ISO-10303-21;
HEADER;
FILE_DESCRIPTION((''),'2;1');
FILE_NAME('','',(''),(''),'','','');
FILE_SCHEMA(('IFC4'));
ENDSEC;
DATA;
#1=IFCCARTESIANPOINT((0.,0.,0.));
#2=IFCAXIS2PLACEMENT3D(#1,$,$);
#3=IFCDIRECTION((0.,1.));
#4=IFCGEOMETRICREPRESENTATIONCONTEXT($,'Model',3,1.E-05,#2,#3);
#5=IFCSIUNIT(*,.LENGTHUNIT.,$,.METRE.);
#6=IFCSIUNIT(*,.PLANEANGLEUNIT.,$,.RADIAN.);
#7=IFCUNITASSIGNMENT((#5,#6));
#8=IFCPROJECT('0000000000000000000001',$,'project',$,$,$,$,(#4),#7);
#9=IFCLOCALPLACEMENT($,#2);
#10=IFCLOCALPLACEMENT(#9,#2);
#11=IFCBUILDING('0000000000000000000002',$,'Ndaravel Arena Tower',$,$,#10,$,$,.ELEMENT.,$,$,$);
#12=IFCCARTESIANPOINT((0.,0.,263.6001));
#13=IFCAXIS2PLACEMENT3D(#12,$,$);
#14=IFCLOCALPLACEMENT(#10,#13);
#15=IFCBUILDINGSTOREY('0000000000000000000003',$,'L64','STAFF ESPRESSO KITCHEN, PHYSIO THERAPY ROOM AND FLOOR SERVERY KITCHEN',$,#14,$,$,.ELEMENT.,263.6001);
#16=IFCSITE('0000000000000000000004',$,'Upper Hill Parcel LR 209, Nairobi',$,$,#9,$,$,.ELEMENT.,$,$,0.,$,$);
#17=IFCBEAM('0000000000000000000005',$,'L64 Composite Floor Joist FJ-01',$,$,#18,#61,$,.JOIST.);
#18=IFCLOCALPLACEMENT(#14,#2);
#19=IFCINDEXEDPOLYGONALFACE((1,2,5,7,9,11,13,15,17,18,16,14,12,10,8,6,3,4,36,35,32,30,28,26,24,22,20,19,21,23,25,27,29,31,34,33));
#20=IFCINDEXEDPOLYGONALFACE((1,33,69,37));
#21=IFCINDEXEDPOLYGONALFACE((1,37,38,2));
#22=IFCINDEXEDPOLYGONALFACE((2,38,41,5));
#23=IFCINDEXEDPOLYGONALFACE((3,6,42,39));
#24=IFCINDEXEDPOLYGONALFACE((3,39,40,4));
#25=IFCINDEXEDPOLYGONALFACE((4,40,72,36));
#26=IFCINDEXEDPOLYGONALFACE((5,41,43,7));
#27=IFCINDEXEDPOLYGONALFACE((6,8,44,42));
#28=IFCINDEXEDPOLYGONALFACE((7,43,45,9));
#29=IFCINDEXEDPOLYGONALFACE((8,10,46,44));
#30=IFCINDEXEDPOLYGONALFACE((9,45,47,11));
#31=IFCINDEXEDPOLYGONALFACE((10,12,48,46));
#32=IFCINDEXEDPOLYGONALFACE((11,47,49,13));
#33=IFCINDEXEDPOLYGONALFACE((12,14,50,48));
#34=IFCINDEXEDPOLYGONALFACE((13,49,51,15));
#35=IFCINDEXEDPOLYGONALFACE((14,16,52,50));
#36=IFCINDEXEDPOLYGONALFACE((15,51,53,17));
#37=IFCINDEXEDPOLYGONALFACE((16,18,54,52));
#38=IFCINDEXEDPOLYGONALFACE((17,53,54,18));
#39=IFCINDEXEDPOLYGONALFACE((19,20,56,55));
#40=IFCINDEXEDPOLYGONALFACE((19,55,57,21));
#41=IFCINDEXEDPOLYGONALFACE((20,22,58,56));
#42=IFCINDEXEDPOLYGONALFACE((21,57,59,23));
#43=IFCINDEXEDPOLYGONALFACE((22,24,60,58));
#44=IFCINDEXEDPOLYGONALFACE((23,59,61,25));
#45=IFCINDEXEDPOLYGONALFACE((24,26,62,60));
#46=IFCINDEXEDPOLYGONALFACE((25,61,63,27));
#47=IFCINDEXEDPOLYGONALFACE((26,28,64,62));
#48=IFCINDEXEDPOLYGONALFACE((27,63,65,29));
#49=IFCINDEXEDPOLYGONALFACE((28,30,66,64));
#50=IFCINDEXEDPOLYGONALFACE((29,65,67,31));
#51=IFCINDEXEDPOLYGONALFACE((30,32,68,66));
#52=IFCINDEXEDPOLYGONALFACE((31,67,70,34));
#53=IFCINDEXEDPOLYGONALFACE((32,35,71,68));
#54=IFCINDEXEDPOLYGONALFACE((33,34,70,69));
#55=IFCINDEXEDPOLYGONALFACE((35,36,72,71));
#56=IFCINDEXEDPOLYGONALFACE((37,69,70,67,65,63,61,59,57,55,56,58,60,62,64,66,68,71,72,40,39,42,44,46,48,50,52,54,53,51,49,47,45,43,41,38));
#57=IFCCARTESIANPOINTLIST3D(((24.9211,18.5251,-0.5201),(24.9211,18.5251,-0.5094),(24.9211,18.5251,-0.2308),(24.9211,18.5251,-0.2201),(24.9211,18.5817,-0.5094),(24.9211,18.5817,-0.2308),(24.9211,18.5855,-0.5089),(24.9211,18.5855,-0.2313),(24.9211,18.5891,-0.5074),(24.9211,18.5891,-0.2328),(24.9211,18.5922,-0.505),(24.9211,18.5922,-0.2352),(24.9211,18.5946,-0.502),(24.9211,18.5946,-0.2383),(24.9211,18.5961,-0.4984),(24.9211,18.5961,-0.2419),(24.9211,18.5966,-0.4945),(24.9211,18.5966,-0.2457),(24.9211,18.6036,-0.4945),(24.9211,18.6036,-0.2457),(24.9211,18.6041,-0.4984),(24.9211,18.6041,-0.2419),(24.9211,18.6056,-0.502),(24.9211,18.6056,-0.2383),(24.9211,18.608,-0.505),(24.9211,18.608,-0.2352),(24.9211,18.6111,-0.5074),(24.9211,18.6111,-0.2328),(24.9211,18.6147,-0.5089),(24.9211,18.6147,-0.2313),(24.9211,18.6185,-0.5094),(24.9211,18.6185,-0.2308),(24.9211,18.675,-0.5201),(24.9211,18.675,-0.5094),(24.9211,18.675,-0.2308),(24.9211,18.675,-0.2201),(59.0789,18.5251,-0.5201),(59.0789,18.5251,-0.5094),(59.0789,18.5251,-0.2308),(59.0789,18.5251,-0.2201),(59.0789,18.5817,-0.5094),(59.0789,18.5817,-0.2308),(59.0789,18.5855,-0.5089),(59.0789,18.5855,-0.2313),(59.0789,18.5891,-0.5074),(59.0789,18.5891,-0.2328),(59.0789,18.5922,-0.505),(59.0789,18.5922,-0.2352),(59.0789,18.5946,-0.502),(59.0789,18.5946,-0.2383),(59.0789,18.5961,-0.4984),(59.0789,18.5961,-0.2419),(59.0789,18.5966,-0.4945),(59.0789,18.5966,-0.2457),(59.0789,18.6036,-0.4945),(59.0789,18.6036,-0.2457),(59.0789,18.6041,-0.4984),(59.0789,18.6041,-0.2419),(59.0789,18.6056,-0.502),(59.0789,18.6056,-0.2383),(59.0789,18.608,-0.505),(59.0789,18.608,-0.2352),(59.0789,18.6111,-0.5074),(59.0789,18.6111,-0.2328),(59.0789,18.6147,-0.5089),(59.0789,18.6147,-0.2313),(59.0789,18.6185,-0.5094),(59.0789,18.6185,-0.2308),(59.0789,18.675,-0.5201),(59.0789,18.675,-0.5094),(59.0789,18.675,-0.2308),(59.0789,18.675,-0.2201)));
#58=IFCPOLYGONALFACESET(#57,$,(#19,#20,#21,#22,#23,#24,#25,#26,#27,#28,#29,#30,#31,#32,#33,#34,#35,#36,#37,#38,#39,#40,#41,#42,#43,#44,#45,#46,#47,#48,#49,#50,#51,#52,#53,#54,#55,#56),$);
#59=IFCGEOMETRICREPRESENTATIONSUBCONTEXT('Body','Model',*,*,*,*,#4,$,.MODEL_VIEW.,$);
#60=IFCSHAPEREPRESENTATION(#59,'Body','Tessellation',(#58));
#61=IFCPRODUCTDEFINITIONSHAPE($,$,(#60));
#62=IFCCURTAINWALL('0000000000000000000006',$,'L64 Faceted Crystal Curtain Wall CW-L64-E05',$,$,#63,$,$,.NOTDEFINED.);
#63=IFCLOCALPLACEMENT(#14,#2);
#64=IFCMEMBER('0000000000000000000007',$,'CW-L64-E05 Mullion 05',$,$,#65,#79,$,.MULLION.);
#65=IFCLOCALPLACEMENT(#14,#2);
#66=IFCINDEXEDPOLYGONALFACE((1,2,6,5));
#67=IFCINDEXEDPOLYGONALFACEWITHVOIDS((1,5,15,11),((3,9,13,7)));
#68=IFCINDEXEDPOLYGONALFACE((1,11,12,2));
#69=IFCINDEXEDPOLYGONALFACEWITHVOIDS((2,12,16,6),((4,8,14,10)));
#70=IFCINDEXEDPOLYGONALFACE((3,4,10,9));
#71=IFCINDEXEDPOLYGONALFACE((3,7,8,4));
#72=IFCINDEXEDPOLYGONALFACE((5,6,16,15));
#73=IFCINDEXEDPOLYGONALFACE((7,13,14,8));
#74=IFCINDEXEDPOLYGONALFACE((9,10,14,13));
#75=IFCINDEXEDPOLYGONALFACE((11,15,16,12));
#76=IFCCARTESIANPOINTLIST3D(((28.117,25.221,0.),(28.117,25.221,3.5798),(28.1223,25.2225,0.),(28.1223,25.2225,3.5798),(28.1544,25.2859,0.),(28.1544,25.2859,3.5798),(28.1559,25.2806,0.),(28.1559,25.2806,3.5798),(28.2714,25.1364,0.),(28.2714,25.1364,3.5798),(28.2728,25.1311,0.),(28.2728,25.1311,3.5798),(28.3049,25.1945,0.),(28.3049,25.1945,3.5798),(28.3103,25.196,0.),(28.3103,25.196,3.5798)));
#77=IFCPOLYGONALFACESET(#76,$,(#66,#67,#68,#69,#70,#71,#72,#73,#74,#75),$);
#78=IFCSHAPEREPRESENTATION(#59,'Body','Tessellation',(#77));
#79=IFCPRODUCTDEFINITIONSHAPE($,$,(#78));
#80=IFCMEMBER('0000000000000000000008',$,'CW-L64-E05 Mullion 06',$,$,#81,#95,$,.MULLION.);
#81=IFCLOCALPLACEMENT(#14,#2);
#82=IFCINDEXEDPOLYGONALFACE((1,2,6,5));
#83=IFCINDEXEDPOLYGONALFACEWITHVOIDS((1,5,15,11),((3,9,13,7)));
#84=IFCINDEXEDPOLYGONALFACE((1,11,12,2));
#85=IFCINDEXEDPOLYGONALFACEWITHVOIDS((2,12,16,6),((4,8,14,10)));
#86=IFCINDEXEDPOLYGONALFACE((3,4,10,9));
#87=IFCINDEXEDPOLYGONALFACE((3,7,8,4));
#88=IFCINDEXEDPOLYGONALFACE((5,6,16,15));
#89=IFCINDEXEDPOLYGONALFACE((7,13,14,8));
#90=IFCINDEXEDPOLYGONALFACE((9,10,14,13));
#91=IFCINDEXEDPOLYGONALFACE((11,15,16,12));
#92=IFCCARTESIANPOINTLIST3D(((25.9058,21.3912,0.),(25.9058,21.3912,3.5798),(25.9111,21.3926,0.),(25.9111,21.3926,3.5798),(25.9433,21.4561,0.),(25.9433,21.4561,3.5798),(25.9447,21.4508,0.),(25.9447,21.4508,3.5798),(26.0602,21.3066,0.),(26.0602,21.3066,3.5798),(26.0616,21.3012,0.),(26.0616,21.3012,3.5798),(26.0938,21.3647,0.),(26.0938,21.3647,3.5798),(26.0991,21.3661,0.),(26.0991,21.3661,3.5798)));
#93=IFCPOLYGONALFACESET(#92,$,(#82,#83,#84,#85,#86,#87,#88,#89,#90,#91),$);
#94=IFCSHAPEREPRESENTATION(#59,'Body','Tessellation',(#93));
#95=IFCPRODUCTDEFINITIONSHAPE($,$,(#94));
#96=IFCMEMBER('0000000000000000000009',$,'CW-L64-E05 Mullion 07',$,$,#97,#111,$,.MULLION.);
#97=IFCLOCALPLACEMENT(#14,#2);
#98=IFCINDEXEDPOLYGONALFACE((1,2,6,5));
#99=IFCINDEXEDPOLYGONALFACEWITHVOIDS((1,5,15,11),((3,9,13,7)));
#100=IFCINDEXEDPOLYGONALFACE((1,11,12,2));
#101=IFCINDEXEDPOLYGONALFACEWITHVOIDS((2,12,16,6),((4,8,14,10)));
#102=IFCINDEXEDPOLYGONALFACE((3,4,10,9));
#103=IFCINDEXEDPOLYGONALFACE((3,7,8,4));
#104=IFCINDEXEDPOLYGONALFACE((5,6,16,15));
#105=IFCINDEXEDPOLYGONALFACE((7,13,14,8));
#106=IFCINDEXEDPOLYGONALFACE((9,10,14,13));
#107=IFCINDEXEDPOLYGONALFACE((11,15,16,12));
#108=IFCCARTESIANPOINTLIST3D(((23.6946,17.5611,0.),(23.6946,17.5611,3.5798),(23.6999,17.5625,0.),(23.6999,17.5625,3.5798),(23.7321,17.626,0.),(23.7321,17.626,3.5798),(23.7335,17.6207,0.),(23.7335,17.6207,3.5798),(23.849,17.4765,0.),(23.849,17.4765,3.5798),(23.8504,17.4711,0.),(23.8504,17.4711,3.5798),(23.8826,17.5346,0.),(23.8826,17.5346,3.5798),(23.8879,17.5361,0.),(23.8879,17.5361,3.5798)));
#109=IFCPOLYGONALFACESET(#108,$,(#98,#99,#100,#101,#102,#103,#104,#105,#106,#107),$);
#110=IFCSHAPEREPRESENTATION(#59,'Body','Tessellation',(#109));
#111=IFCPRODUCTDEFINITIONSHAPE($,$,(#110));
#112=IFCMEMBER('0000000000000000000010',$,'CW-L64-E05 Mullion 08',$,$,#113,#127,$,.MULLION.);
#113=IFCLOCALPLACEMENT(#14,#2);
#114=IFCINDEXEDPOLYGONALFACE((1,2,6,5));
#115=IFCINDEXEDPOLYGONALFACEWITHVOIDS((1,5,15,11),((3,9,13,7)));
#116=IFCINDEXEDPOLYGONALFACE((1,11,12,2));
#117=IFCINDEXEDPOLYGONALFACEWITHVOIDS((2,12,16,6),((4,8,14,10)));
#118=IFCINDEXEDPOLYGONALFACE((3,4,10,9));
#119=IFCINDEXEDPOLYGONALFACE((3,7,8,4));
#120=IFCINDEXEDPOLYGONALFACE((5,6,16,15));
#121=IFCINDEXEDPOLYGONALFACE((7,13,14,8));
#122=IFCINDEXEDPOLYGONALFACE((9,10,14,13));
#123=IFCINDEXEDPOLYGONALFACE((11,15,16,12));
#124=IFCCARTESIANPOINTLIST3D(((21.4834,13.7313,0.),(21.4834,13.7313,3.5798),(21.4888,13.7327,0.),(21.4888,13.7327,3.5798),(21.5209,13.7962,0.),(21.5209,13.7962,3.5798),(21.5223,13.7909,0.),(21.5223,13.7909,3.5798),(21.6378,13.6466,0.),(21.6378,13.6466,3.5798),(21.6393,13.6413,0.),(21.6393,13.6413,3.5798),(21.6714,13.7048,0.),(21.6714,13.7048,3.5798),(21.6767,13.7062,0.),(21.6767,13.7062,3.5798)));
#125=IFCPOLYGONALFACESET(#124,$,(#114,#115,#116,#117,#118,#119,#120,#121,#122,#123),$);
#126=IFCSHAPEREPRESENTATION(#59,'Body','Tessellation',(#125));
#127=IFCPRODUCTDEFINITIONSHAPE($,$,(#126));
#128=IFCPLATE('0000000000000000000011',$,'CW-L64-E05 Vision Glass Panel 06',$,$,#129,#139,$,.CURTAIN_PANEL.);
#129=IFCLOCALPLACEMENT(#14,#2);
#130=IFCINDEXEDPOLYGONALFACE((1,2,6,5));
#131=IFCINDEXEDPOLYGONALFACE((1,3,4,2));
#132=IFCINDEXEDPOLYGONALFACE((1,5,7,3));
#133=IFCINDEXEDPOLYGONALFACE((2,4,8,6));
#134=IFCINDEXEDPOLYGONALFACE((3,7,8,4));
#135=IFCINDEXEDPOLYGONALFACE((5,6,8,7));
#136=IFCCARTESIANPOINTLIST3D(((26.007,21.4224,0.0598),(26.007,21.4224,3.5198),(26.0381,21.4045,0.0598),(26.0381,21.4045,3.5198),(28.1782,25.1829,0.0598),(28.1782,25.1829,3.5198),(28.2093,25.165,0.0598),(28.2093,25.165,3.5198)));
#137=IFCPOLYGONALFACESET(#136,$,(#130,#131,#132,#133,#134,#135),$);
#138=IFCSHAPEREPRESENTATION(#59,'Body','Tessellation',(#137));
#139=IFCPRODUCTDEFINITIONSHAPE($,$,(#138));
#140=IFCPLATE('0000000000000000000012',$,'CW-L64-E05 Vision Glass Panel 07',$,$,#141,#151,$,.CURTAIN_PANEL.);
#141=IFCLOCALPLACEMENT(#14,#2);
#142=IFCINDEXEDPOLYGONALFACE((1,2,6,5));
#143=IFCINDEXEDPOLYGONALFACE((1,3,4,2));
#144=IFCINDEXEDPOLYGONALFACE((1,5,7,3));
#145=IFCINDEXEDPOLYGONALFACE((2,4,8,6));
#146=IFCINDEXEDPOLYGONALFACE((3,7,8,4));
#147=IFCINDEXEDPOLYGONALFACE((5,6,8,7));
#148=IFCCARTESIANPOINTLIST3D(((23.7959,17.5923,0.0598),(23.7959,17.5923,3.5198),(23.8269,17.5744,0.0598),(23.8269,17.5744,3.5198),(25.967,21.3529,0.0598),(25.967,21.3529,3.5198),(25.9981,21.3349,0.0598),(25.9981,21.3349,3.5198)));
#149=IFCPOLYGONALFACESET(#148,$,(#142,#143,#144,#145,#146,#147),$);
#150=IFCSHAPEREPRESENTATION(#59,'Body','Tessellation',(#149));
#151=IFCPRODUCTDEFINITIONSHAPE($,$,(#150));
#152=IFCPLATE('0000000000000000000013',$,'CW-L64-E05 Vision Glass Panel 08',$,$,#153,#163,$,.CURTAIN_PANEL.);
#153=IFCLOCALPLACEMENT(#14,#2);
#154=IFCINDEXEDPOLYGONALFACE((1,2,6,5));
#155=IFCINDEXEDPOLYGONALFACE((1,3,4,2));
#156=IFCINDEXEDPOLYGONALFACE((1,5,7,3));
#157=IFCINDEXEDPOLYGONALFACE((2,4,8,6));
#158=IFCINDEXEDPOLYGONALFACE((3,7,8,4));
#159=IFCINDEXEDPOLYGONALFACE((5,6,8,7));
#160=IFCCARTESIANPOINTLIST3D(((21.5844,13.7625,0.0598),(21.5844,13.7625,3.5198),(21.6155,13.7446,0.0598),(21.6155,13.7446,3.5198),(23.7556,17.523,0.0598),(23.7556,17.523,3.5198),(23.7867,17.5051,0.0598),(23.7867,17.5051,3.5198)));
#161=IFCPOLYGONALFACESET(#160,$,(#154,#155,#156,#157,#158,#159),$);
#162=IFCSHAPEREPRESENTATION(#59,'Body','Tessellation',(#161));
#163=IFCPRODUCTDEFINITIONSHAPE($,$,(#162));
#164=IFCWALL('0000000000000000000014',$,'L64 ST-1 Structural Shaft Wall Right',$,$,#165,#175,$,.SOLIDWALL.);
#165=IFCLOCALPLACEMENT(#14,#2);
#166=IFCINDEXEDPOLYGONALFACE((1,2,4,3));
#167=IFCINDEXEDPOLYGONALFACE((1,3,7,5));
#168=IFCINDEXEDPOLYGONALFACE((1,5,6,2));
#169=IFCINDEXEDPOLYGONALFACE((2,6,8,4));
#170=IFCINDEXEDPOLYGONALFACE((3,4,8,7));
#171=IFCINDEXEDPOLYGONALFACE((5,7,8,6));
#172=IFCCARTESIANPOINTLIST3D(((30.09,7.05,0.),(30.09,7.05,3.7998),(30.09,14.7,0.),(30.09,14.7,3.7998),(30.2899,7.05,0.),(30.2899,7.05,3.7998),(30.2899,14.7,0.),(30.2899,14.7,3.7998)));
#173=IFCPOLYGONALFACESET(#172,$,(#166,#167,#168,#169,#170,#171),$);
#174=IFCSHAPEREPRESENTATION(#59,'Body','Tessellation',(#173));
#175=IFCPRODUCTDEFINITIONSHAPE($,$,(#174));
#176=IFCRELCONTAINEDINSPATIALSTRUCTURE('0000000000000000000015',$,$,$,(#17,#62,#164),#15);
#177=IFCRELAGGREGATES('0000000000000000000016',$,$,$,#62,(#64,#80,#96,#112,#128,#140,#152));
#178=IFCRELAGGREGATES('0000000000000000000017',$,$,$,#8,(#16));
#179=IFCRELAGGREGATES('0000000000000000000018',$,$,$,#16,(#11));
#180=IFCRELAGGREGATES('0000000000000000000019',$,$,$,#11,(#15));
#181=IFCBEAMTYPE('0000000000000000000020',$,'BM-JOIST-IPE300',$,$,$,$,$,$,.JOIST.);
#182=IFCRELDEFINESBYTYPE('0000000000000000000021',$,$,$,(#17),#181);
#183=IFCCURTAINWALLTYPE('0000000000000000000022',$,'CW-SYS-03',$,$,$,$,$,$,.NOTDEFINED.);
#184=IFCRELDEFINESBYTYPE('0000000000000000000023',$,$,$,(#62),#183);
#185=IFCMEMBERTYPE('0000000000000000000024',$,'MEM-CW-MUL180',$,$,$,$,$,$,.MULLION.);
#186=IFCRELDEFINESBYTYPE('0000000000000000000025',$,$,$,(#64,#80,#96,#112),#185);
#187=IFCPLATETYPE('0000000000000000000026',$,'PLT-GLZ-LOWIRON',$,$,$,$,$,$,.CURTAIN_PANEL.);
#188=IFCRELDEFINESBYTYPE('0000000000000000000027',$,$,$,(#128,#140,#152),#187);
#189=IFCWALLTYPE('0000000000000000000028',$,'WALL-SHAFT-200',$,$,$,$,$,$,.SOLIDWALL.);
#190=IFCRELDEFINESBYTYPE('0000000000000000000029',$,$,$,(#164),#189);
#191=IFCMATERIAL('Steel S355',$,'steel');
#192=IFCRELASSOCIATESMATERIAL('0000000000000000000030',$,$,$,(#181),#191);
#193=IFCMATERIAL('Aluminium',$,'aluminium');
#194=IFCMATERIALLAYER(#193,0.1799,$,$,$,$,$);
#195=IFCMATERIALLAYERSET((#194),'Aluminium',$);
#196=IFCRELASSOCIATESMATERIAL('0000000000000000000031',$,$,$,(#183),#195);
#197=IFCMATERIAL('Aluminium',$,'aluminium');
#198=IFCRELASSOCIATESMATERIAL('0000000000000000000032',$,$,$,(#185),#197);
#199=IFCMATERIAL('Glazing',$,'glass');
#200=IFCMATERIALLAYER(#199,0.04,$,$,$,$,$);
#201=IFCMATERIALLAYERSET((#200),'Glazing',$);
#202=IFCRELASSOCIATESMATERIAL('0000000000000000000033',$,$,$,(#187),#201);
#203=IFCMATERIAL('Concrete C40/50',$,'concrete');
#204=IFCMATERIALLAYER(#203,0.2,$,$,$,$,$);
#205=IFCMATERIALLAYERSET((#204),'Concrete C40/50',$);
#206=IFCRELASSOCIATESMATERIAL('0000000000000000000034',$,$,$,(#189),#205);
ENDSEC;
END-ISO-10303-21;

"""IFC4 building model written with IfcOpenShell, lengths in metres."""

from ifc_helpers import new_model, si_unit, direction, frame, frame_2d, origin, origin_2d, place, context, subcontext, project, spatial, rectangle, hollow_rectangle, i_section, extrude, material, layer, layer_set, material_profile, profile_set, type_object, element, aggregate, save


model = new_model("IFC4")

# Units and contexts
model_context = context("Model", 3, precision=1e-05, world=origin(), true_north=direction((0.0, 1.0)))
body_context = subcontext(model_context, "Body", "Model", "MODEL_VIEW")
ifc_project = project(units=[si_unit("LENGTHUNIT", "METRE"), si_unit("PLANEANGLEUNIT", "RADIAN")], contexts=[model_context])

# Site, building, storey
site_placement = place(None, origin())
site = spatial("IfcSite", under=ifc_project, at=site_placement, Name="Upper Hill Parcel LR 209, Nairobi", CompositionType="ELEMENT", RefElevation=0.0)
building_placement = place(site_placement, origin())
building = spatial("IfcBuilding", under=site, at=building_placement, Name="Ndaravel Arena Tower", CompositionType="ELEMENT")
storey_placement = place(building_placement, frame((0.0, 0.0, 263.6001)))
storey = spatial("IfcBuildingStorey", under=building, at=storey_placement, Name="L64", Description="STAFF ESPRESSO KITCHEN, PHYSIO THERAPY ROOM AND FLOOR SERVERY KITCHEN", CompositionType="ELEMENT", Elevation=263.6001)

# Beam
ifc_material_1 = material(Name="Steel S355", Category="steel")
ifc_material_profile_1 = material_profile(ifc_material_1, i_section(OverallWidth=0.1499, OverallDepth=0.3, WebThickness=0.0071, FlangeThickness=0.0107, FilletRadius=0.0149, at=origin_2d()), Name="IPE 300")
ifc_profile_set_1 = profile_set([ifc_material_profile_1], Name="Steel S355")
beam_type = type_object("IfcBeamType", Name="BM-JOIST-IPE300", PredefinedType="JOIST", material=ifc_profile_set_1)
beam_placement = place(storey_placement, frame((24.9211, 18.6001, -0.3701), z_axis=(1.0, 0.0, 0.0), x_axis=(0.0, 1.0, 0.0)))
element("IfcBeam", 1, at=beam_placement, inside=storey, type_object=beam_type, Name="L64 Composite Floor Joist FJ-01", PredefinedType="JOIST", context=body_context, shape_type="SweptSolid", body=[
    extrude(i_section(OverallWidth=0.1499, OverallDepth=0.3, WebThickness=0.0071, FlangeThickness=0.0107, FilletRadius=0.0149, at=origin_2d()), origin(), (0.0, 0.0, 1.0), 34.1577),
])

# Curtain wall, members, plates
ifc_material_2 = material(Name="Aluminium", Category="aluminium")
ifc_layer_1 = layer(ifc_material_2, 0.1799)
ifc_layer_set_1 = layer_set([ifc_layer_1], Name="Aluminium")
curtain_wall_type = type_object("IfcCurtainWallType", Name="CW-SYS-03", PredefinedType="NOTDEFINED", material=ifc_layer_set_1)
curtain_wall_placement = place(storey_placement, origin())
curtain_wall = element("IfcCurtainWall", 2, at=curtain_wall_placement, inside=storey, type_object=curtain_wall_type, Name="L64 Faceted Crystal Curtain Wall CW-L64-E05", PredefinedType="NOTDEFINED")
ifc_material_3 = material(Name="Aluminium", Category="aluminium")
ifc_material_profile_2 = material_profile(ifc_material_3, hollow_rectangle(XDim=0.075, YDim=0.1799, WallThickness=0.0039, at=origin_2d()), Name="CW MULLION 75x180x4")
ifc_profile_set_2 = profile_set([ifc_material_profile_2], Name="Aluminium")
member_type = type_object("IfcMemberType", Name="MEM-CW-MUL180", PredefinedType="MULLION", material=ifc_profile_set_2)
member_1_placement = place(storey_placement, frame((28.2136, 25.2085, 0.0), z_axis=(0.0, 0.0, 1.0), x_axis=(-0.5, -0.866025, 0.0)))
member_1 = element("IfcMember", 3, at=member_1_placement, type_object=member_type, Name="CW-L64-E05 Mullion 05", PredefinedType="MULLION", context=body_context, shape_type="SweptSolid", body=[
    extrude(hollow_rectangle(XDim=0.075, YDim=0.1799, WallThickness=0.0039, at=origin_2d()), origin(), (0.0, 0.0, 1.0), 3.5798),
])
member_2_placement = place(storey_placement, frame((26.0024, 21.3787, 0.0), z_axis=(0.0, 0.0, 1.0), x_axis=(-0.5, -0.866025, 0.0)))
member_2 = element("IfcMember", 4, at=member_2_placement, type_object=member_type, Name="CW-L64-E05 Mullion 06", PredefinedType="MULLION", context=body_context, shape_type="SweptSolid", body=[
    extrude(hollow_rectangle(XDim=0.075, YDim=0.1799, WallThickness=0.0039, at=origin_2d()), origin(), (0.0, 0.0, 1.0), 3.5798),
])
member_3_placement = place(storey_placement, frame((23.7913, 17.5486, 0.0), z_axis=(0.0, 0.0, 1.0), x_axis=(-0.5, -0.866025, 0.0)))
member_3 = element("IfcMember", 5, at=member_3_placement, type_object=member_type, Name="CW-L64-E05 Mullion 07", PredefinedType="MULLION", context=body_context, shape_type="SweptSolid", body=[
    extrude(hollow_rectangle(XDim=0.075, YDim=0.1799, WallThickness=0.0039, at=origin_2d()), origin(), (0.0, 0.0, 1.0), 3.5798),
])
member_4_placement = place(storey_placement, frame((21.5801, 13.7188, 0.0), z_axis=(0.0, 0.0, 1.0), x_axis=(-0.5, -0.866025, 0.0)))
member_4 = element("IfcMember", 6, at=member_4_placement, type_object=member_type, Name="CW-L64-E05 Mullion 08", PredefinedType="MULLION", context=body_context, shape_type="SweptSolid", body=[
    extrude(hollow_rectangle(XDim=0.075, YDim=0.1799, WallThickness=0.0039, at=origin_2d()), origin(), (0.0, 0.0, 1.0), 3.5798),
])
ifc_material_4 = material(Name="Glazing", Category="glass")
ifc_layer_2 = layer(ifc_material_4, 0.04)
ifc_layer_set_2 = layer_set([ifc_layer_2], Name="Glazing")
plate_type = type_object("IfcPlateType", Name="PLT-GLZ-LOWIRON", PredefinedType="CURTAIN_PANEL", material=ifc_layer_set_2)
plate_1_placement = place(storey_placement, frame((27.1082, 23.2937, 0.0598), z_axis=(0.0, 0.0, 1.0), x_axis=(-0.5, -0.866025, 0.0)))
plate_1 = element("IfcPlate", 7, at=plate_1_placement, type_object=plate_type, Name="CW-L64-E05 Vision Glass Panel 06", PredefinedType="CURTAIN_PANEL", context=body_context, shape_type="SweptSolid", body=[
    extrude(rectangle(XDim=4.3423, YDim=0.0359, at=origin_2d()), origin(), (0.0, 0.0, 1.0), 3.46),
])
plate_2_placement = place(storey_placement, frame((24.897, 19.4636, 0.0598), z_axis=(0.0, 0.0, 1.0), x_axis=(-0.5, -0.866025, 0.0)))
plate_2 = element("IfcPlate", 8, at=plate_2_placement, type_object=plate_type, Name="CW-L64-E05 Vision Glass Panel 07", PredefinedType="CURTAIN_PANEL", context=body_context, shape_type="SweptSolid", body=[
    extrude(rectangle(XDim=4.3423, YDim=0.0359, at=origin_2d()), origin(), (0.0, 0.0, 1.0), 3.46),
])
plate_3_placement = place(storey_placement, frame((22.6855, 15.6338, 0.0598), z_axis=(0.0, 0.0, 1.0), x_axis=(-0.5, -0.866025, 0.0)))
plate_3 = element("IfcPlate", 9, at=plate_3_placement, type_object=plate_type, Name="CW-L64-E05 Vision Glass Panel 08", PredefinedType="CURTAIN_PANEL", context=body_context, shape_type="SweptSolid", body=[
    extrude(rectangle(XDim=4.3423, YDim=0.0359, at=origin_2d()), origin(), (0.0, 0.0, 1.0), 3.46),
])
aggregate(curtain_wall, [member_1, member_2, member_3, member_4, plate_1, plate_2, plate_3])

# Wall
ifc_material_5 = material(Name="Concrete C40/50", Category="concrete")
ifc_layer_3 = layer(ifc_material_5, 0.2)
ifc_layer_set_3 = layer_set([ifc_layer_3], Name="Concrete C40/50")
wall_type_1 = type_object("IfcWallType", Name="WALL-SHAFT-200", PredefinedType="SOLIDWALL", material=ifc_layer_set_3)
wall_1_placement = place(storey_placement, frame((30.1899, 14.7, 0.0), z_axis=(0.0, 0.0, 1.0), x_axis=(0.0, -1.0, 0.0)))
element("IfcWall", 10, at=wall_1_placement, inside=storey, type_object=wall_type_1, Name="L64 ST-1 Structural Shaft Wall Right", PredefinedType="SOLIDWALL", context=body_context, shape_type="SweptSolid", body=[
    extrude(rectangle(XDim=7.6499, YDim=0.2, at=frame_2d((3.825, 0.0))), origin(), (0.0, 0.0, 1.0), 3.7998),
])

save(model, "model.ifc")
